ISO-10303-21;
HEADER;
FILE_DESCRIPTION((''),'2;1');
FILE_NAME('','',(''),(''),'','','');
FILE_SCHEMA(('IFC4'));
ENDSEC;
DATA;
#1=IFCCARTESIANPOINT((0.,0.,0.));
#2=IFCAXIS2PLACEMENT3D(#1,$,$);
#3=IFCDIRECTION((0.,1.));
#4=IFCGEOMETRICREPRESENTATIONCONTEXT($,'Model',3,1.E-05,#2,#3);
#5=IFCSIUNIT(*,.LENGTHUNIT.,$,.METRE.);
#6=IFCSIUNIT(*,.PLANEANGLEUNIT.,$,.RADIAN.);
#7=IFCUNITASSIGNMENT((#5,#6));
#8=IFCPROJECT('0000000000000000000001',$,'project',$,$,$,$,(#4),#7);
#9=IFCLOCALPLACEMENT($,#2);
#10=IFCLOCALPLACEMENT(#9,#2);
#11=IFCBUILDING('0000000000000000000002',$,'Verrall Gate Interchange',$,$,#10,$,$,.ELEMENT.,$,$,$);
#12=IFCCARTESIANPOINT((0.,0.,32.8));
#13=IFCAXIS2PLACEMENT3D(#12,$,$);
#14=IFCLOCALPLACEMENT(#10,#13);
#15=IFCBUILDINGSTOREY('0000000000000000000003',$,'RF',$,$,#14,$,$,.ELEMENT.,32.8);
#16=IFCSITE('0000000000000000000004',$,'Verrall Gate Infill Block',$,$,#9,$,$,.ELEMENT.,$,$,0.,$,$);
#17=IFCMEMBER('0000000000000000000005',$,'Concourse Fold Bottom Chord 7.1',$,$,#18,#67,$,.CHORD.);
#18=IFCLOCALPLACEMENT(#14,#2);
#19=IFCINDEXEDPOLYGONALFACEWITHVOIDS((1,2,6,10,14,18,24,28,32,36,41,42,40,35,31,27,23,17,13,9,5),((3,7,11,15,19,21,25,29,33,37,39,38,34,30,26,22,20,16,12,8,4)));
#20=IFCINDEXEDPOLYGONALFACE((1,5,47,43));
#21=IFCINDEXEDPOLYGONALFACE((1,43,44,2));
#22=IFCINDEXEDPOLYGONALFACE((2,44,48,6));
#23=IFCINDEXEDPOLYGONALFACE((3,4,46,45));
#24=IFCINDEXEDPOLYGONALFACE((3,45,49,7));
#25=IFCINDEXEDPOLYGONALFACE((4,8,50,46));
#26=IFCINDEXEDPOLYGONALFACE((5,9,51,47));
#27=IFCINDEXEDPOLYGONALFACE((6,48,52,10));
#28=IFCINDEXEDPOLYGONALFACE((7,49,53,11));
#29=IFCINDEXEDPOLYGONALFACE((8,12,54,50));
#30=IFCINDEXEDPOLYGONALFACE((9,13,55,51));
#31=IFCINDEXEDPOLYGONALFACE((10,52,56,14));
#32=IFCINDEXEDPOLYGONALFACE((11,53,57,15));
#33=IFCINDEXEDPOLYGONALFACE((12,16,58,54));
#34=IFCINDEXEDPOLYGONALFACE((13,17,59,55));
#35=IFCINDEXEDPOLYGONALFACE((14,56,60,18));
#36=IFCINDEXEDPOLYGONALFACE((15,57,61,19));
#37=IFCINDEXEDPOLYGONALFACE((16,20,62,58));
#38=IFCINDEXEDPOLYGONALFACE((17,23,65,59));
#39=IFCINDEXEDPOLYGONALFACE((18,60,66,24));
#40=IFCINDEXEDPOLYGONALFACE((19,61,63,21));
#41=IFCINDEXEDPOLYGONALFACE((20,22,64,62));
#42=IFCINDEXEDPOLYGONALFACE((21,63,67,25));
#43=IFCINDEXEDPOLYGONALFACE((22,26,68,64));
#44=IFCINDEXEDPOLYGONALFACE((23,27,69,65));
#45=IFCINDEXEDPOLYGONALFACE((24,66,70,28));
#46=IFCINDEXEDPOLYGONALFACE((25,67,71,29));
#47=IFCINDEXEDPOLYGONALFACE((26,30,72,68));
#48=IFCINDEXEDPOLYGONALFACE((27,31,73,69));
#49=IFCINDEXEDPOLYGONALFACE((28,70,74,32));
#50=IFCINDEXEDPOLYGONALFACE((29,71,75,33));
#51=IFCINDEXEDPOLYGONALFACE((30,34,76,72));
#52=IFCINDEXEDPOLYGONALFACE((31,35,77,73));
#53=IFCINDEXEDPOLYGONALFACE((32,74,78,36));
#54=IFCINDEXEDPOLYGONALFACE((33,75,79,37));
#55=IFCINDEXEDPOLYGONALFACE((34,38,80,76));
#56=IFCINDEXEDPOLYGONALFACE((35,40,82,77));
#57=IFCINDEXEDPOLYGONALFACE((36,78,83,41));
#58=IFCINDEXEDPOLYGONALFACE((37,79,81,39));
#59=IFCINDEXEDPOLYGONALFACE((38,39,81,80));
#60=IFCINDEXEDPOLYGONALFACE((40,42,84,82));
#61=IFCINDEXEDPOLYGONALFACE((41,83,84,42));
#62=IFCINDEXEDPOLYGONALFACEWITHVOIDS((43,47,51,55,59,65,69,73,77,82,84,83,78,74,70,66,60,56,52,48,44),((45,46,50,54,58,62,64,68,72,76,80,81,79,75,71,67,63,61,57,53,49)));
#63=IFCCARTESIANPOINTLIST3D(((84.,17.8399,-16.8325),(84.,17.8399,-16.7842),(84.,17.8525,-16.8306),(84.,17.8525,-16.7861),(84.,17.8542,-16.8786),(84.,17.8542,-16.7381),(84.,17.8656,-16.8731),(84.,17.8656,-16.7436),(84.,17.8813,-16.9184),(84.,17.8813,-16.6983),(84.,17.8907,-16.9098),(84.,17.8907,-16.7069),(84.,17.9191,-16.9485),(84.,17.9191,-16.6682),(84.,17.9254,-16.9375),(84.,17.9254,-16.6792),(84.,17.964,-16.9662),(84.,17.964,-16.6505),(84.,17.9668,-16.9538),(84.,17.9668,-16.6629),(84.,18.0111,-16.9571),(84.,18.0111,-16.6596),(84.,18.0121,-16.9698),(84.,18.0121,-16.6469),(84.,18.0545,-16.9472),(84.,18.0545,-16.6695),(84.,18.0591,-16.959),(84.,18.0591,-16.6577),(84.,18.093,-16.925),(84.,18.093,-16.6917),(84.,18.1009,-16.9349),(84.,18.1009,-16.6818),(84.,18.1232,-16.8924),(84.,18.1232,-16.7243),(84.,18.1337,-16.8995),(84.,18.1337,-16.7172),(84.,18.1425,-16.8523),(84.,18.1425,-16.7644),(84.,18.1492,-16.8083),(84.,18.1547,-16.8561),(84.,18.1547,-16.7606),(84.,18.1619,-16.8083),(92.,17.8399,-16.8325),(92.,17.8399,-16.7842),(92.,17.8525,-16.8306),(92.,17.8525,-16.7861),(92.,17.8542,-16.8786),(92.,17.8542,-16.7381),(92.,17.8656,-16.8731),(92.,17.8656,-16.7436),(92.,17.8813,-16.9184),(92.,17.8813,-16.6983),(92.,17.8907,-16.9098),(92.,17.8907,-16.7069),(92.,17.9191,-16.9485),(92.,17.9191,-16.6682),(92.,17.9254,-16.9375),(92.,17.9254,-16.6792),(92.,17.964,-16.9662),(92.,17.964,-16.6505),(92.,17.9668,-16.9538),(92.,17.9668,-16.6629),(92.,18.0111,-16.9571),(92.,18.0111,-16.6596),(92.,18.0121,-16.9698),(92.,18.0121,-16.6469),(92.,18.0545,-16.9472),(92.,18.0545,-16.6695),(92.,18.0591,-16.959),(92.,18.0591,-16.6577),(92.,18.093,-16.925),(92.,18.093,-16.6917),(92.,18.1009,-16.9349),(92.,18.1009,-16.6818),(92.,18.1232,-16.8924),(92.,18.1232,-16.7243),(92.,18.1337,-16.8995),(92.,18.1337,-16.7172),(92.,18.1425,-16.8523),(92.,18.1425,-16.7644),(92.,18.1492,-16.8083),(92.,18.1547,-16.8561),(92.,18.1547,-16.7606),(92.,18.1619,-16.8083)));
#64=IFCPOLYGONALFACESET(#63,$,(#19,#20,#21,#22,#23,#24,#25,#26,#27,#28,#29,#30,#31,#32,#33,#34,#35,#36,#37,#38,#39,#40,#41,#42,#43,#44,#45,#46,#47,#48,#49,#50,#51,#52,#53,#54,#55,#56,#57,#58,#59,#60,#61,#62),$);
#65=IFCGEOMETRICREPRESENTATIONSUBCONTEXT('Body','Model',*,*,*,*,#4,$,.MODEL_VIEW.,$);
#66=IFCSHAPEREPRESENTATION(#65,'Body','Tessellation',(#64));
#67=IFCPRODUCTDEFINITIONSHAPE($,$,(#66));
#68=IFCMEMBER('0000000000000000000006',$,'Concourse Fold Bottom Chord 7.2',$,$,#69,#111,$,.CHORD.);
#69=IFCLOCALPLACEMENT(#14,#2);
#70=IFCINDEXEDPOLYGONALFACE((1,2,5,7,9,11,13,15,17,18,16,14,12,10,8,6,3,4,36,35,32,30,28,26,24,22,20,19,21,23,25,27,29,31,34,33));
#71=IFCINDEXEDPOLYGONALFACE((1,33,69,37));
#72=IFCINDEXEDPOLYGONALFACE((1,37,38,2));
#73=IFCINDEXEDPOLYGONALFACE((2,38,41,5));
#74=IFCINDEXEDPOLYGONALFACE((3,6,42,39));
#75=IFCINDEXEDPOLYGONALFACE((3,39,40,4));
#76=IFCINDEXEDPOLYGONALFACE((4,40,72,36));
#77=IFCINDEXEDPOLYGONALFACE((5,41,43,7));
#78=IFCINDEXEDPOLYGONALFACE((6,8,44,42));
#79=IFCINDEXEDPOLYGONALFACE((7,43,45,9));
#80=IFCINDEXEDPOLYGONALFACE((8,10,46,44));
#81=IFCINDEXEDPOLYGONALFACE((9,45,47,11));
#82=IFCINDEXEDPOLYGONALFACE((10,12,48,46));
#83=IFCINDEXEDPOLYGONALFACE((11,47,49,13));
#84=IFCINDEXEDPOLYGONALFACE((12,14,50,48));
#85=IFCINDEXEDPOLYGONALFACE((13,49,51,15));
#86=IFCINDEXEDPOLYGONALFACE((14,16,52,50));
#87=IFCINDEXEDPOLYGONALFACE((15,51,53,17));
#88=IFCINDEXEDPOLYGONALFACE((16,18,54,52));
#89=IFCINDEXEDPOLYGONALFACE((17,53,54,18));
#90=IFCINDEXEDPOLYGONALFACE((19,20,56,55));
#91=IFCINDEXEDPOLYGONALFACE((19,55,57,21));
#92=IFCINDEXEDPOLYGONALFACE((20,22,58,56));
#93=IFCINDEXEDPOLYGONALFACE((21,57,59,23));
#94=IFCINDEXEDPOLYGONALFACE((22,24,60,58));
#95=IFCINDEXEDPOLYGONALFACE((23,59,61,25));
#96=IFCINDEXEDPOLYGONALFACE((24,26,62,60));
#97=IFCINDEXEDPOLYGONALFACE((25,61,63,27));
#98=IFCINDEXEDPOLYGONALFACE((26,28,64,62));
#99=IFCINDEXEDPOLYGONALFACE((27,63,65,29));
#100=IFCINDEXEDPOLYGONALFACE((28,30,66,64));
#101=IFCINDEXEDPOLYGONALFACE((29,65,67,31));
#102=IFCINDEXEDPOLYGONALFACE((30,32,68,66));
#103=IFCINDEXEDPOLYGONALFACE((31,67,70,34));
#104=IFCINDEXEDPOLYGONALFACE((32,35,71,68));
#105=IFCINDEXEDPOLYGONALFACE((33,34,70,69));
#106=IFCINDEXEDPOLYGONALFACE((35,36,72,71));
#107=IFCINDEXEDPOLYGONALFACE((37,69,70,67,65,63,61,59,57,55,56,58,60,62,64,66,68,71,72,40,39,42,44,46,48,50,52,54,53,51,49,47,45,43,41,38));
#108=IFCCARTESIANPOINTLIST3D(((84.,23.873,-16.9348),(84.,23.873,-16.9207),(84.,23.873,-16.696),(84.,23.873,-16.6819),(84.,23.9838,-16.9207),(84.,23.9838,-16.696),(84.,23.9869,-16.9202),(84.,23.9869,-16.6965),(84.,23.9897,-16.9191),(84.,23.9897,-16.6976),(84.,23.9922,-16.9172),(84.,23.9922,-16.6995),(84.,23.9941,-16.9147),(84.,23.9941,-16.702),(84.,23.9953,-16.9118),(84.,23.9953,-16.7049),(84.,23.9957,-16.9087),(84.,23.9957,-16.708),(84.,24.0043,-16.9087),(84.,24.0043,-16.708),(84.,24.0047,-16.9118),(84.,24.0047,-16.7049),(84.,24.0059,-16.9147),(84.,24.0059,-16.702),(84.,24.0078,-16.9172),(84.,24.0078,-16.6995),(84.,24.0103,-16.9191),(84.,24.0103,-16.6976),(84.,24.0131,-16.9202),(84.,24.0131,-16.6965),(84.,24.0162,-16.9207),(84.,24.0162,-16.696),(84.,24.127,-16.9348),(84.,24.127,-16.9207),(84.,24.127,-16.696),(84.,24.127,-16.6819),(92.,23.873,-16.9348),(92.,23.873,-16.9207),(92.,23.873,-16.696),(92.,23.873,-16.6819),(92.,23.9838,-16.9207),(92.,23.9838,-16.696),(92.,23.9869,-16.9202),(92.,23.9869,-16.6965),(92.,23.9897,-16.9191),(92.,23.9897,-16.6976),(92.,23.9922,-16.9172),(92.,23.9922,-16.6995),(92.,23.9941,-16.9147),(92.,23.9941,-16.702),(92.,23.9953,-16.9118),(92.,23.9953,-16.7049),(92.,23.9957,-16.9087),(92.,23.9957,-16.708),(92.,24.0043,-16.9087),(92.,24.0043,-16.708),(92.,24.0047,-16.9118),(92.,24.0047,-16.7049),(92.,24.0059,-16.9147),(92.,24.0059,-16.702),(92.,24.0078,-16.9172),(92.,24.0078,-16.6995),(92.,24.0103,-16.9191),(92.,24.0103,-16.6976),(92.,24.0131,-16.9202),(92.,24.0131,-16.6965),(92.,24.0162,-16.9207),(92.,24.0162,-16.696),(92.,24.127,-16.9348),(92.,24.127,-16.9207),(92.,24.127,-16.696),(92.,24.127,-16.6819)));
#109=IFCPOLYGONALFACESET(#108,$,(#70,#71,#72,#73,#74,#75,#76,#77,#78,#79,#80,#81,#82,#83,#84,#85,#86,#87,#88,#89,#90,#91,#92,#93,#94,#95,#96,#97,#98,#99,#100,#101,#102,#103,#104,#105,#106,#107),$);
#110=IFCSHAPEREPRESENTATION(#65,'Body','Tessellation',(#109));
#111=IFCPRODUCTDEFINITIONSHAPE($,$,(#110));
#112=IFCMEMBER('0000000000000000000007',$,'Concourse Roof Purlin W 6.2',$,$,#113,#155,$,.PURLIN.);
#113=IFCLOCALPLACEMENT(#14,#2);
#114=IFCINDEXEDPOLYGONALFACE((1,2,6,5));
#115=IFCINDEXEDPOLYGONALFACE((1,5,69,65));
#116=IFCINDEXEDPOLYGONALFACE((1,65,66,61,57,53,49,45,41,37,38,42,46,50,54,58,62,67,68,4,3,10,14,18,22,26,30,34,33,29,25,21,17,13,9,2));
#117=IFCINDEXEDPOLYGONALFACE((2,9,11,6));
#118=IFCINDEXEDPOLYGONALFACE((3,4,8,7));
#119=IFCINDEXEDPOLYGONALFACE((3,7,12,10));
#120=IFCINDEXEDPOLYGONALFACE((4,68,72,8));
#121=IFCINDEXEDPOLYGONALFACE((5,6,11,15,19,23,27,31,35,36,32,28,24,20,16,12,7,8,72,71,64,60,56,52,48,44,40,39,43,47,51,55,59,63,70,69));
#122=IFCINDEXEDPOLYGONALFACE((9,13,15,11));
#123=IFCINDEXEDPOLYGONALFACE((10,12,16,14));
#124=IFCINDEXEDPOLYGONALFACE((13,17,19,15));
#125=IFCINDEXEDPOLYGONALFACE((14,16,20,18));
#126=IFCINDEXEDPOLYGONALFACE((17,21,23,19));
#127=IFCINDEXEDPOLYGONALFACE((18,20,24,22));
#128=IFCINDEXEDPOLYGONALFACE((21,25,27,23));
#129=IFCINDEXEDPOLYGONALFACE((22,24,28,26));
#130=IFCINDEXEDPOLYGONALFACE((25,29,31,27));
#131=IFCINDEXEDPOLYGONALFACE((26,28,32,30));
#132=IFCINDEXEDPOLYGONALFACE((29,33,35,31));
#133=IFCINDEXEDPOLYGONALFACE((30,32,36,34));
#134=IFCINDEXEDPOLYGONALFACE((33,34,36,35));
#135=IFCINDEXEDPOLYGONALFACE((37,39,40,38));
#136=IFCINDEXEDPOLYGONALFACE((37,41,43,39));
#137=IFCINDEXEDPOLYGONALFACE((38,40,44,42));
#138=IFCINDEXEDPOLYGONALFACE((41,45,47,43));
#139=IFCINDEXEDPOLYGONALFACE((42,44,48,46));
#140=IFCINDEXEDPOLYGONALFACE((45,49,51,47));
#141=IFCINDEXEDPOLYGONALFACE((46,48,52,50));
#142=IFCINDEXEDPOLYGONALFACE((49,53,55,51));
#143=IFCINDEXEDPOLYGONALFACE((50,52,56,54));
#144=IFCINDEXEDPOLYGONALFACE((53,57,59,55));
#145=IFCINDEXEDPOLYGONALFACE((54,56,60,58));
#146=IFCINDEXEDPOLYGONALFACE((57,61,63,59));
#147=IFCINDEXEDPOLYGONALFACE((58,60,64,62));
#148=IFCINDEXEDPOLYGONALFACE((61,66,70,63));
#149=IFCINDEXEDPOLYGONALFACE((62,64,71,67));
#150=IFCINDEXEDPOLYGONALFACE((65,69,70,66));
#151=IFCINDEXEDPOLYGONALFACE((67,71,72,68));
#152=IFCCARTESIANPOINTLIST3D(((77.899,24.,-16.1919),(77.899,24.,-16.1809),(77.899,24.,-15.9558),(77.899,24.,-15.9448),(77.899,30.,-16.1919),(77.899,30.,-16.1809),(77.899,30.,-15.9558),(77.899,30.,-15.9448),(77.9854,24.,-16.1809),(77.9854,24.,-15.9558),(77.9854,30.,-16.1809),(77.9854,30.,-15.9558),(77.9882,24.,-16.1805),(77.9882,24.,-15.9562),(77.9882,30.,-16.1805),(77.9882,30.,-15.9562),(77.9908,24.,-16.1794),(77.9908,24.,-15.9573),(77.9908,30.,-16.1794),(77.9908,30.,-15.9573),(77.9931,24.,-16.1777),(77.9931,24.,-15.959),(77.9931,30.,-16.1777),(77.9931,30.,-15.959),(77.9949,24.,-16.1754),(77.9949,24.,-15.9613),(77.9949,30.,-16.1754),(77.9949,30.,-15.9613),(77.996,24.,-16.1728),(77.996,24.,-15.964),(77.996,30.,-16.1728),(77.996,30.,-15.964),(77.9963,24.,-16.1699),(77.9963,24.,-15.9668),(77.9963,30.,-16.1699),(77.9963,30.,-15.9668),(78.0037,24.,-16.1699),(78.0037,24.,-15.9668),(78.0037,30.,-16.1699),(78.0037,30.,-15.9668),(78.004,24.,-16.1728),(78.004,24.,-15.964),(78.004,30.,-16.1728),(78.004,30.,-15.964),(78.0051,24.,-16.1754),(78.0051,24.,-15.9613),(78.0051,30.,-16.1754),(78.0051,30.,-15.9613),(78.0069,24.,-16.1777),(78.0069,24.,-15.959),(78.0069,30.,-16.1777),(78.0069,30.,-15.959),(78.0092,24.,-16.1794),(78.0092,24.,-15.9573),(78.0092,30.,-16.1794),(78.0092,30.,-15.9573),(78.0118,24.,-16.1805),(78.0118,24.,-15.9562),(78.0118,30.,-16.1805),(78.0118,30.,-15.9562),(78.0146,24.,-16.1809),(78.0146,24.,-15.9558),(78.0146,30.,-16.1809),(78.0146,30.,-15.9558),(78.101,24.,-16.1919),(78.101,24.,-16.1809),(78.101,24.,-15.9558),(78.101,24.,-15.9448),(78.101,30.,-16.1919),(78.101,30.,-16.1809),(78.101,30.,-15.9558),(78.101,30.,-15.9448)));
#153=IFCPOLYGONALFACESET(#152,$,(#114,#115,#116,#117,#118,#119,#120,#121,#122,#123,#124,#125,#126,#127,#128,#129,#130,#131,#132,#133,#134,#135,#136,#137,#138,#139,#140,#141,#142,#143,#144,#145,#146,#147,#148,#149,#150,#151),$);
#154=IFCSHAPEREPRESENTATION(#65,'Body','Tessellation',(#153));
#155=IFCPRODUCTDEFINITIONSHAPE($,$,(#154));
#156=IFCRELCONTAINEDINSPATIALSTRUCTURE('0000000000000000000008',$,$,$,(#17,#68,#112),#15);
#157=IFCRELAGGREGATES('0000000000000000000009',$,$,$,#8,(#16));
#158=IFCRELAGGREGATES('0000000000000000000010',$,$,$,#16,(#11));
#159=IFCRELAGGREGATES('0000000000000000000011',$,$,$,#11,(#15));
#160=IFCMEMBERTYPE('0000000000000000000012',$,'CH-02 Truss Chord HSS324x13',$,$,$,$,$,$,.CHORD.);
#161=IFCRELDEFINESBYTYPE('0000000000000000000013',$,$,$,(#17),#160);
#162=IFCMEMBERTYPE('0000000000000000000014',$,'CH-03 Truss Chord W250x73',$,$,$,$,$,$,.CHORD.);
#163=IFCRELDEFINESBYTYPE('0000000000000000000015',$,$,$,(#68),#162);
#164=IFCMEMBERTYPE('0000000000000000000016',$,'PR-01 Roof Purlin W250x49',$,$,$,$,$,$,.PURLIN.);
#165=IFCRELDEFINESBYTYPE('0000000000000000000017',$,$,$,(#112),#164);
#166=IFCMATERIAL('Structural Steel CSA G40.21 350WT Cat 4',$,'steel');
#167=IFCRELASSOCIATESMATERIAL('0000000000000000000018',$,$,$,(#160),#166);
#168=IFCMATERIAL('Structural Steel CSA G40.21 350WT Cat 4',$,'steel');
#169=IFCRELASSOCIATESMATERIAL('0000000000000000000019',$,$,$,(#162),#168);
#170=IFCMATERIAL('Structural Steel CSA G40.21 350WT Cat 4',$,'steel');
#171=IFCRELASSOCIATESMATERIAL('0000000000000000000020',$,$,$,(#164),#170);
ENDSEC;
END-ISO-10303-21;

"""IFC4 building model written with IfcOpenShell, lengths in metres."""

from ifc_helpers import new_model, si_unit, direction, frame, origin, origin_2d, place, context, subcontext, project, spatial, hollow_circle, i_section, extrude, material, material_profile, profile_set, type_object, element, save


model = new_model("IFC4")

# Units and contexts
model_context = context("Model", 3, precision=1e-05, world=origin(), true_north=direction((0.0, 1.0)))
body_context = subcontext(model_context, "Body", "Model", "MODEL_VIEW")
ifc_project = project(units=[si_unit("LENGTHUNIT", "METRE"), si_unit("PLANEANGLEUNIT", "RADIAN")], contexts=[model_context])

# Site, building, storey
site_placement = place(None, origin())
site = spatial("IfcSite", under=ifc_project, at=site_placement, Name="Verrall Gate Infill Block", CompositionType="ELEMENT", RefElevation=0.0)
building_placement = place(site_placement, origin())
building = spatial("IfcBuilding", under=site, at=building_placement, Name="Verrall Gate Interchange", CompositionType="ELEMENT")
storey_placement = place(building_placement, frame((0.0, 0.0, 32.8)))
storey = spatial("IfcBuildingStorey", under=building, at=storey_placement, Name="RF", CompositionType="ELEMENT", Elevation=32.8)

# Members
ifc_material_1 = material(Name="Structural Steel CSA G40.21 350WT Cat 4", Category="steel")
ifc_material_profile_1 = material_profile(ifc_material_1, hollow_circle(Radius=0.1619, WallThickness=0.0127, at=origin_2d()), Name="HSS324x13")
ifc_profile_set_1 = profile_set([ifc_material_profile_1], Name="Structural Steel CSA G40.21 350WT Cat 4")
member_type_1 = type_object("IfcMemberType", Name="CH-02 Truss Chord HSS324x13", PredefinedType="CHORD", material=ifc_profile_set_1)
for number, where, z_axis, x_axis, name in (
    (1, (84.0, 18.0, -16.8083), (1.0, 0.0, 0.0), (0.0, 1.0, 0.0), "Concourse Fold Bottom Chord 7.1"),
):
    element("IfcMember", number, at=place(storey_placement, frame(where, z_axis=z_axis, x_axis=x_axis)), inside=storey, type_object=member_type_1, Name=name, PredefinedType="CHORD", context=body_context, shape_type="SweptSolid", body=[
        extrude(hollow_circle(Radius=0.1619, WallThickness=0.0127, at=origin_2d()), origin(), (0.0, 0.0, 1.0), 8.0),
    ])
ifc_material_2 = material(Name="Structural Steel CSA G40.21 350WT Cat 4", Category="steel")
ifc_material_profile_2 = material_profile(ifc_material_2, i_section(OverallWidth=0.2539, OverallDepth=0.2529, WebThickness=0.0085, FlangeThickness=0.0142, FilletRadius=0.012, at=origin_2d()), Name="W250x73")
ifc_profile_set_2 = profile_set([ifc_material_profile_2], Name="Structural Steel CSA G40.21 350WT Cat 4")
member_type_2 = type_object("IfcMemberType", Name="CH-03 Truss Chord W250x73", PredefinedType="CHORD", material=ifc_profile_set_2)
member_1_placement = place(storey_placement, frame((84.0, 24.0, -16.8083), z_axis=(1.0, 0.0, 0.0), x_axis=(0.0, 1.0, 0.0)))
element("IfcMember", 2, at=member_1_placement, inside=storey, type_object=member_type_2, Name="Concourse Fold Bottom Chord 7.2", PredefinedType="CHORD", context=body_context, shape_type="SweptSolid", body=[
    extrude(i_section(OverallWidth=0.2539, OverallDepth=0.2529, WebThickness=0.0085, FlangeThickness=0.0142, FilletRadius=0.012, at=origin_2d()), origin(), (0.0, 0.0, 1.0), 8.0),
])
ifc_material_3 = material(Name="Structural Steel CSA G40.21 350WT Cat 4", Category="steel")
ifc_material_profile_3 = material_profile(ifc_material_3, i_section(OverallWidth=0.2019, OverallDepth=0.2471, WebThickness=0.0073, FlangeThickness=0.011, FilletRadius=0.011, at=origin_2d()), Name="W250x49")
ifc_profile_set_3 = profile_set([ifc_material_profile_3], Name="Structural Steel CSA G40.21 350WT Cat 4")
member_type_3 = type_object("IfcMemberType", Name="PR-01 Roof Purlin W250x49", PredefinedType="PURLIN", material=ifc_profile_set_3)
member_2_placement = place(storey_placement, frame((78.0, 24.0, -16.0684), z_axis=(0.0, 1.0, 0.0), x_axis=(-1.0, 0.0, 0.0)))
element("IfcMember", 3, at=member_2_placement, inside=storey, type_object=member_type_3, Name="Concourse Roof Purlin W 6.2", PredefinedType="PURLIN", context=body_context, shape_type="SweptSolid", body=[
    extrude(i_section(OverallWidth=0.2019, OverallDepth=0.2471, WebThickness=0.0073, FlangeThickness=0.011, FilletRadius=0.011, at=origin_2d()), origin(), (0.0, 0.0, 1.0), 6.0),
])

save(model, "model.ifc")
